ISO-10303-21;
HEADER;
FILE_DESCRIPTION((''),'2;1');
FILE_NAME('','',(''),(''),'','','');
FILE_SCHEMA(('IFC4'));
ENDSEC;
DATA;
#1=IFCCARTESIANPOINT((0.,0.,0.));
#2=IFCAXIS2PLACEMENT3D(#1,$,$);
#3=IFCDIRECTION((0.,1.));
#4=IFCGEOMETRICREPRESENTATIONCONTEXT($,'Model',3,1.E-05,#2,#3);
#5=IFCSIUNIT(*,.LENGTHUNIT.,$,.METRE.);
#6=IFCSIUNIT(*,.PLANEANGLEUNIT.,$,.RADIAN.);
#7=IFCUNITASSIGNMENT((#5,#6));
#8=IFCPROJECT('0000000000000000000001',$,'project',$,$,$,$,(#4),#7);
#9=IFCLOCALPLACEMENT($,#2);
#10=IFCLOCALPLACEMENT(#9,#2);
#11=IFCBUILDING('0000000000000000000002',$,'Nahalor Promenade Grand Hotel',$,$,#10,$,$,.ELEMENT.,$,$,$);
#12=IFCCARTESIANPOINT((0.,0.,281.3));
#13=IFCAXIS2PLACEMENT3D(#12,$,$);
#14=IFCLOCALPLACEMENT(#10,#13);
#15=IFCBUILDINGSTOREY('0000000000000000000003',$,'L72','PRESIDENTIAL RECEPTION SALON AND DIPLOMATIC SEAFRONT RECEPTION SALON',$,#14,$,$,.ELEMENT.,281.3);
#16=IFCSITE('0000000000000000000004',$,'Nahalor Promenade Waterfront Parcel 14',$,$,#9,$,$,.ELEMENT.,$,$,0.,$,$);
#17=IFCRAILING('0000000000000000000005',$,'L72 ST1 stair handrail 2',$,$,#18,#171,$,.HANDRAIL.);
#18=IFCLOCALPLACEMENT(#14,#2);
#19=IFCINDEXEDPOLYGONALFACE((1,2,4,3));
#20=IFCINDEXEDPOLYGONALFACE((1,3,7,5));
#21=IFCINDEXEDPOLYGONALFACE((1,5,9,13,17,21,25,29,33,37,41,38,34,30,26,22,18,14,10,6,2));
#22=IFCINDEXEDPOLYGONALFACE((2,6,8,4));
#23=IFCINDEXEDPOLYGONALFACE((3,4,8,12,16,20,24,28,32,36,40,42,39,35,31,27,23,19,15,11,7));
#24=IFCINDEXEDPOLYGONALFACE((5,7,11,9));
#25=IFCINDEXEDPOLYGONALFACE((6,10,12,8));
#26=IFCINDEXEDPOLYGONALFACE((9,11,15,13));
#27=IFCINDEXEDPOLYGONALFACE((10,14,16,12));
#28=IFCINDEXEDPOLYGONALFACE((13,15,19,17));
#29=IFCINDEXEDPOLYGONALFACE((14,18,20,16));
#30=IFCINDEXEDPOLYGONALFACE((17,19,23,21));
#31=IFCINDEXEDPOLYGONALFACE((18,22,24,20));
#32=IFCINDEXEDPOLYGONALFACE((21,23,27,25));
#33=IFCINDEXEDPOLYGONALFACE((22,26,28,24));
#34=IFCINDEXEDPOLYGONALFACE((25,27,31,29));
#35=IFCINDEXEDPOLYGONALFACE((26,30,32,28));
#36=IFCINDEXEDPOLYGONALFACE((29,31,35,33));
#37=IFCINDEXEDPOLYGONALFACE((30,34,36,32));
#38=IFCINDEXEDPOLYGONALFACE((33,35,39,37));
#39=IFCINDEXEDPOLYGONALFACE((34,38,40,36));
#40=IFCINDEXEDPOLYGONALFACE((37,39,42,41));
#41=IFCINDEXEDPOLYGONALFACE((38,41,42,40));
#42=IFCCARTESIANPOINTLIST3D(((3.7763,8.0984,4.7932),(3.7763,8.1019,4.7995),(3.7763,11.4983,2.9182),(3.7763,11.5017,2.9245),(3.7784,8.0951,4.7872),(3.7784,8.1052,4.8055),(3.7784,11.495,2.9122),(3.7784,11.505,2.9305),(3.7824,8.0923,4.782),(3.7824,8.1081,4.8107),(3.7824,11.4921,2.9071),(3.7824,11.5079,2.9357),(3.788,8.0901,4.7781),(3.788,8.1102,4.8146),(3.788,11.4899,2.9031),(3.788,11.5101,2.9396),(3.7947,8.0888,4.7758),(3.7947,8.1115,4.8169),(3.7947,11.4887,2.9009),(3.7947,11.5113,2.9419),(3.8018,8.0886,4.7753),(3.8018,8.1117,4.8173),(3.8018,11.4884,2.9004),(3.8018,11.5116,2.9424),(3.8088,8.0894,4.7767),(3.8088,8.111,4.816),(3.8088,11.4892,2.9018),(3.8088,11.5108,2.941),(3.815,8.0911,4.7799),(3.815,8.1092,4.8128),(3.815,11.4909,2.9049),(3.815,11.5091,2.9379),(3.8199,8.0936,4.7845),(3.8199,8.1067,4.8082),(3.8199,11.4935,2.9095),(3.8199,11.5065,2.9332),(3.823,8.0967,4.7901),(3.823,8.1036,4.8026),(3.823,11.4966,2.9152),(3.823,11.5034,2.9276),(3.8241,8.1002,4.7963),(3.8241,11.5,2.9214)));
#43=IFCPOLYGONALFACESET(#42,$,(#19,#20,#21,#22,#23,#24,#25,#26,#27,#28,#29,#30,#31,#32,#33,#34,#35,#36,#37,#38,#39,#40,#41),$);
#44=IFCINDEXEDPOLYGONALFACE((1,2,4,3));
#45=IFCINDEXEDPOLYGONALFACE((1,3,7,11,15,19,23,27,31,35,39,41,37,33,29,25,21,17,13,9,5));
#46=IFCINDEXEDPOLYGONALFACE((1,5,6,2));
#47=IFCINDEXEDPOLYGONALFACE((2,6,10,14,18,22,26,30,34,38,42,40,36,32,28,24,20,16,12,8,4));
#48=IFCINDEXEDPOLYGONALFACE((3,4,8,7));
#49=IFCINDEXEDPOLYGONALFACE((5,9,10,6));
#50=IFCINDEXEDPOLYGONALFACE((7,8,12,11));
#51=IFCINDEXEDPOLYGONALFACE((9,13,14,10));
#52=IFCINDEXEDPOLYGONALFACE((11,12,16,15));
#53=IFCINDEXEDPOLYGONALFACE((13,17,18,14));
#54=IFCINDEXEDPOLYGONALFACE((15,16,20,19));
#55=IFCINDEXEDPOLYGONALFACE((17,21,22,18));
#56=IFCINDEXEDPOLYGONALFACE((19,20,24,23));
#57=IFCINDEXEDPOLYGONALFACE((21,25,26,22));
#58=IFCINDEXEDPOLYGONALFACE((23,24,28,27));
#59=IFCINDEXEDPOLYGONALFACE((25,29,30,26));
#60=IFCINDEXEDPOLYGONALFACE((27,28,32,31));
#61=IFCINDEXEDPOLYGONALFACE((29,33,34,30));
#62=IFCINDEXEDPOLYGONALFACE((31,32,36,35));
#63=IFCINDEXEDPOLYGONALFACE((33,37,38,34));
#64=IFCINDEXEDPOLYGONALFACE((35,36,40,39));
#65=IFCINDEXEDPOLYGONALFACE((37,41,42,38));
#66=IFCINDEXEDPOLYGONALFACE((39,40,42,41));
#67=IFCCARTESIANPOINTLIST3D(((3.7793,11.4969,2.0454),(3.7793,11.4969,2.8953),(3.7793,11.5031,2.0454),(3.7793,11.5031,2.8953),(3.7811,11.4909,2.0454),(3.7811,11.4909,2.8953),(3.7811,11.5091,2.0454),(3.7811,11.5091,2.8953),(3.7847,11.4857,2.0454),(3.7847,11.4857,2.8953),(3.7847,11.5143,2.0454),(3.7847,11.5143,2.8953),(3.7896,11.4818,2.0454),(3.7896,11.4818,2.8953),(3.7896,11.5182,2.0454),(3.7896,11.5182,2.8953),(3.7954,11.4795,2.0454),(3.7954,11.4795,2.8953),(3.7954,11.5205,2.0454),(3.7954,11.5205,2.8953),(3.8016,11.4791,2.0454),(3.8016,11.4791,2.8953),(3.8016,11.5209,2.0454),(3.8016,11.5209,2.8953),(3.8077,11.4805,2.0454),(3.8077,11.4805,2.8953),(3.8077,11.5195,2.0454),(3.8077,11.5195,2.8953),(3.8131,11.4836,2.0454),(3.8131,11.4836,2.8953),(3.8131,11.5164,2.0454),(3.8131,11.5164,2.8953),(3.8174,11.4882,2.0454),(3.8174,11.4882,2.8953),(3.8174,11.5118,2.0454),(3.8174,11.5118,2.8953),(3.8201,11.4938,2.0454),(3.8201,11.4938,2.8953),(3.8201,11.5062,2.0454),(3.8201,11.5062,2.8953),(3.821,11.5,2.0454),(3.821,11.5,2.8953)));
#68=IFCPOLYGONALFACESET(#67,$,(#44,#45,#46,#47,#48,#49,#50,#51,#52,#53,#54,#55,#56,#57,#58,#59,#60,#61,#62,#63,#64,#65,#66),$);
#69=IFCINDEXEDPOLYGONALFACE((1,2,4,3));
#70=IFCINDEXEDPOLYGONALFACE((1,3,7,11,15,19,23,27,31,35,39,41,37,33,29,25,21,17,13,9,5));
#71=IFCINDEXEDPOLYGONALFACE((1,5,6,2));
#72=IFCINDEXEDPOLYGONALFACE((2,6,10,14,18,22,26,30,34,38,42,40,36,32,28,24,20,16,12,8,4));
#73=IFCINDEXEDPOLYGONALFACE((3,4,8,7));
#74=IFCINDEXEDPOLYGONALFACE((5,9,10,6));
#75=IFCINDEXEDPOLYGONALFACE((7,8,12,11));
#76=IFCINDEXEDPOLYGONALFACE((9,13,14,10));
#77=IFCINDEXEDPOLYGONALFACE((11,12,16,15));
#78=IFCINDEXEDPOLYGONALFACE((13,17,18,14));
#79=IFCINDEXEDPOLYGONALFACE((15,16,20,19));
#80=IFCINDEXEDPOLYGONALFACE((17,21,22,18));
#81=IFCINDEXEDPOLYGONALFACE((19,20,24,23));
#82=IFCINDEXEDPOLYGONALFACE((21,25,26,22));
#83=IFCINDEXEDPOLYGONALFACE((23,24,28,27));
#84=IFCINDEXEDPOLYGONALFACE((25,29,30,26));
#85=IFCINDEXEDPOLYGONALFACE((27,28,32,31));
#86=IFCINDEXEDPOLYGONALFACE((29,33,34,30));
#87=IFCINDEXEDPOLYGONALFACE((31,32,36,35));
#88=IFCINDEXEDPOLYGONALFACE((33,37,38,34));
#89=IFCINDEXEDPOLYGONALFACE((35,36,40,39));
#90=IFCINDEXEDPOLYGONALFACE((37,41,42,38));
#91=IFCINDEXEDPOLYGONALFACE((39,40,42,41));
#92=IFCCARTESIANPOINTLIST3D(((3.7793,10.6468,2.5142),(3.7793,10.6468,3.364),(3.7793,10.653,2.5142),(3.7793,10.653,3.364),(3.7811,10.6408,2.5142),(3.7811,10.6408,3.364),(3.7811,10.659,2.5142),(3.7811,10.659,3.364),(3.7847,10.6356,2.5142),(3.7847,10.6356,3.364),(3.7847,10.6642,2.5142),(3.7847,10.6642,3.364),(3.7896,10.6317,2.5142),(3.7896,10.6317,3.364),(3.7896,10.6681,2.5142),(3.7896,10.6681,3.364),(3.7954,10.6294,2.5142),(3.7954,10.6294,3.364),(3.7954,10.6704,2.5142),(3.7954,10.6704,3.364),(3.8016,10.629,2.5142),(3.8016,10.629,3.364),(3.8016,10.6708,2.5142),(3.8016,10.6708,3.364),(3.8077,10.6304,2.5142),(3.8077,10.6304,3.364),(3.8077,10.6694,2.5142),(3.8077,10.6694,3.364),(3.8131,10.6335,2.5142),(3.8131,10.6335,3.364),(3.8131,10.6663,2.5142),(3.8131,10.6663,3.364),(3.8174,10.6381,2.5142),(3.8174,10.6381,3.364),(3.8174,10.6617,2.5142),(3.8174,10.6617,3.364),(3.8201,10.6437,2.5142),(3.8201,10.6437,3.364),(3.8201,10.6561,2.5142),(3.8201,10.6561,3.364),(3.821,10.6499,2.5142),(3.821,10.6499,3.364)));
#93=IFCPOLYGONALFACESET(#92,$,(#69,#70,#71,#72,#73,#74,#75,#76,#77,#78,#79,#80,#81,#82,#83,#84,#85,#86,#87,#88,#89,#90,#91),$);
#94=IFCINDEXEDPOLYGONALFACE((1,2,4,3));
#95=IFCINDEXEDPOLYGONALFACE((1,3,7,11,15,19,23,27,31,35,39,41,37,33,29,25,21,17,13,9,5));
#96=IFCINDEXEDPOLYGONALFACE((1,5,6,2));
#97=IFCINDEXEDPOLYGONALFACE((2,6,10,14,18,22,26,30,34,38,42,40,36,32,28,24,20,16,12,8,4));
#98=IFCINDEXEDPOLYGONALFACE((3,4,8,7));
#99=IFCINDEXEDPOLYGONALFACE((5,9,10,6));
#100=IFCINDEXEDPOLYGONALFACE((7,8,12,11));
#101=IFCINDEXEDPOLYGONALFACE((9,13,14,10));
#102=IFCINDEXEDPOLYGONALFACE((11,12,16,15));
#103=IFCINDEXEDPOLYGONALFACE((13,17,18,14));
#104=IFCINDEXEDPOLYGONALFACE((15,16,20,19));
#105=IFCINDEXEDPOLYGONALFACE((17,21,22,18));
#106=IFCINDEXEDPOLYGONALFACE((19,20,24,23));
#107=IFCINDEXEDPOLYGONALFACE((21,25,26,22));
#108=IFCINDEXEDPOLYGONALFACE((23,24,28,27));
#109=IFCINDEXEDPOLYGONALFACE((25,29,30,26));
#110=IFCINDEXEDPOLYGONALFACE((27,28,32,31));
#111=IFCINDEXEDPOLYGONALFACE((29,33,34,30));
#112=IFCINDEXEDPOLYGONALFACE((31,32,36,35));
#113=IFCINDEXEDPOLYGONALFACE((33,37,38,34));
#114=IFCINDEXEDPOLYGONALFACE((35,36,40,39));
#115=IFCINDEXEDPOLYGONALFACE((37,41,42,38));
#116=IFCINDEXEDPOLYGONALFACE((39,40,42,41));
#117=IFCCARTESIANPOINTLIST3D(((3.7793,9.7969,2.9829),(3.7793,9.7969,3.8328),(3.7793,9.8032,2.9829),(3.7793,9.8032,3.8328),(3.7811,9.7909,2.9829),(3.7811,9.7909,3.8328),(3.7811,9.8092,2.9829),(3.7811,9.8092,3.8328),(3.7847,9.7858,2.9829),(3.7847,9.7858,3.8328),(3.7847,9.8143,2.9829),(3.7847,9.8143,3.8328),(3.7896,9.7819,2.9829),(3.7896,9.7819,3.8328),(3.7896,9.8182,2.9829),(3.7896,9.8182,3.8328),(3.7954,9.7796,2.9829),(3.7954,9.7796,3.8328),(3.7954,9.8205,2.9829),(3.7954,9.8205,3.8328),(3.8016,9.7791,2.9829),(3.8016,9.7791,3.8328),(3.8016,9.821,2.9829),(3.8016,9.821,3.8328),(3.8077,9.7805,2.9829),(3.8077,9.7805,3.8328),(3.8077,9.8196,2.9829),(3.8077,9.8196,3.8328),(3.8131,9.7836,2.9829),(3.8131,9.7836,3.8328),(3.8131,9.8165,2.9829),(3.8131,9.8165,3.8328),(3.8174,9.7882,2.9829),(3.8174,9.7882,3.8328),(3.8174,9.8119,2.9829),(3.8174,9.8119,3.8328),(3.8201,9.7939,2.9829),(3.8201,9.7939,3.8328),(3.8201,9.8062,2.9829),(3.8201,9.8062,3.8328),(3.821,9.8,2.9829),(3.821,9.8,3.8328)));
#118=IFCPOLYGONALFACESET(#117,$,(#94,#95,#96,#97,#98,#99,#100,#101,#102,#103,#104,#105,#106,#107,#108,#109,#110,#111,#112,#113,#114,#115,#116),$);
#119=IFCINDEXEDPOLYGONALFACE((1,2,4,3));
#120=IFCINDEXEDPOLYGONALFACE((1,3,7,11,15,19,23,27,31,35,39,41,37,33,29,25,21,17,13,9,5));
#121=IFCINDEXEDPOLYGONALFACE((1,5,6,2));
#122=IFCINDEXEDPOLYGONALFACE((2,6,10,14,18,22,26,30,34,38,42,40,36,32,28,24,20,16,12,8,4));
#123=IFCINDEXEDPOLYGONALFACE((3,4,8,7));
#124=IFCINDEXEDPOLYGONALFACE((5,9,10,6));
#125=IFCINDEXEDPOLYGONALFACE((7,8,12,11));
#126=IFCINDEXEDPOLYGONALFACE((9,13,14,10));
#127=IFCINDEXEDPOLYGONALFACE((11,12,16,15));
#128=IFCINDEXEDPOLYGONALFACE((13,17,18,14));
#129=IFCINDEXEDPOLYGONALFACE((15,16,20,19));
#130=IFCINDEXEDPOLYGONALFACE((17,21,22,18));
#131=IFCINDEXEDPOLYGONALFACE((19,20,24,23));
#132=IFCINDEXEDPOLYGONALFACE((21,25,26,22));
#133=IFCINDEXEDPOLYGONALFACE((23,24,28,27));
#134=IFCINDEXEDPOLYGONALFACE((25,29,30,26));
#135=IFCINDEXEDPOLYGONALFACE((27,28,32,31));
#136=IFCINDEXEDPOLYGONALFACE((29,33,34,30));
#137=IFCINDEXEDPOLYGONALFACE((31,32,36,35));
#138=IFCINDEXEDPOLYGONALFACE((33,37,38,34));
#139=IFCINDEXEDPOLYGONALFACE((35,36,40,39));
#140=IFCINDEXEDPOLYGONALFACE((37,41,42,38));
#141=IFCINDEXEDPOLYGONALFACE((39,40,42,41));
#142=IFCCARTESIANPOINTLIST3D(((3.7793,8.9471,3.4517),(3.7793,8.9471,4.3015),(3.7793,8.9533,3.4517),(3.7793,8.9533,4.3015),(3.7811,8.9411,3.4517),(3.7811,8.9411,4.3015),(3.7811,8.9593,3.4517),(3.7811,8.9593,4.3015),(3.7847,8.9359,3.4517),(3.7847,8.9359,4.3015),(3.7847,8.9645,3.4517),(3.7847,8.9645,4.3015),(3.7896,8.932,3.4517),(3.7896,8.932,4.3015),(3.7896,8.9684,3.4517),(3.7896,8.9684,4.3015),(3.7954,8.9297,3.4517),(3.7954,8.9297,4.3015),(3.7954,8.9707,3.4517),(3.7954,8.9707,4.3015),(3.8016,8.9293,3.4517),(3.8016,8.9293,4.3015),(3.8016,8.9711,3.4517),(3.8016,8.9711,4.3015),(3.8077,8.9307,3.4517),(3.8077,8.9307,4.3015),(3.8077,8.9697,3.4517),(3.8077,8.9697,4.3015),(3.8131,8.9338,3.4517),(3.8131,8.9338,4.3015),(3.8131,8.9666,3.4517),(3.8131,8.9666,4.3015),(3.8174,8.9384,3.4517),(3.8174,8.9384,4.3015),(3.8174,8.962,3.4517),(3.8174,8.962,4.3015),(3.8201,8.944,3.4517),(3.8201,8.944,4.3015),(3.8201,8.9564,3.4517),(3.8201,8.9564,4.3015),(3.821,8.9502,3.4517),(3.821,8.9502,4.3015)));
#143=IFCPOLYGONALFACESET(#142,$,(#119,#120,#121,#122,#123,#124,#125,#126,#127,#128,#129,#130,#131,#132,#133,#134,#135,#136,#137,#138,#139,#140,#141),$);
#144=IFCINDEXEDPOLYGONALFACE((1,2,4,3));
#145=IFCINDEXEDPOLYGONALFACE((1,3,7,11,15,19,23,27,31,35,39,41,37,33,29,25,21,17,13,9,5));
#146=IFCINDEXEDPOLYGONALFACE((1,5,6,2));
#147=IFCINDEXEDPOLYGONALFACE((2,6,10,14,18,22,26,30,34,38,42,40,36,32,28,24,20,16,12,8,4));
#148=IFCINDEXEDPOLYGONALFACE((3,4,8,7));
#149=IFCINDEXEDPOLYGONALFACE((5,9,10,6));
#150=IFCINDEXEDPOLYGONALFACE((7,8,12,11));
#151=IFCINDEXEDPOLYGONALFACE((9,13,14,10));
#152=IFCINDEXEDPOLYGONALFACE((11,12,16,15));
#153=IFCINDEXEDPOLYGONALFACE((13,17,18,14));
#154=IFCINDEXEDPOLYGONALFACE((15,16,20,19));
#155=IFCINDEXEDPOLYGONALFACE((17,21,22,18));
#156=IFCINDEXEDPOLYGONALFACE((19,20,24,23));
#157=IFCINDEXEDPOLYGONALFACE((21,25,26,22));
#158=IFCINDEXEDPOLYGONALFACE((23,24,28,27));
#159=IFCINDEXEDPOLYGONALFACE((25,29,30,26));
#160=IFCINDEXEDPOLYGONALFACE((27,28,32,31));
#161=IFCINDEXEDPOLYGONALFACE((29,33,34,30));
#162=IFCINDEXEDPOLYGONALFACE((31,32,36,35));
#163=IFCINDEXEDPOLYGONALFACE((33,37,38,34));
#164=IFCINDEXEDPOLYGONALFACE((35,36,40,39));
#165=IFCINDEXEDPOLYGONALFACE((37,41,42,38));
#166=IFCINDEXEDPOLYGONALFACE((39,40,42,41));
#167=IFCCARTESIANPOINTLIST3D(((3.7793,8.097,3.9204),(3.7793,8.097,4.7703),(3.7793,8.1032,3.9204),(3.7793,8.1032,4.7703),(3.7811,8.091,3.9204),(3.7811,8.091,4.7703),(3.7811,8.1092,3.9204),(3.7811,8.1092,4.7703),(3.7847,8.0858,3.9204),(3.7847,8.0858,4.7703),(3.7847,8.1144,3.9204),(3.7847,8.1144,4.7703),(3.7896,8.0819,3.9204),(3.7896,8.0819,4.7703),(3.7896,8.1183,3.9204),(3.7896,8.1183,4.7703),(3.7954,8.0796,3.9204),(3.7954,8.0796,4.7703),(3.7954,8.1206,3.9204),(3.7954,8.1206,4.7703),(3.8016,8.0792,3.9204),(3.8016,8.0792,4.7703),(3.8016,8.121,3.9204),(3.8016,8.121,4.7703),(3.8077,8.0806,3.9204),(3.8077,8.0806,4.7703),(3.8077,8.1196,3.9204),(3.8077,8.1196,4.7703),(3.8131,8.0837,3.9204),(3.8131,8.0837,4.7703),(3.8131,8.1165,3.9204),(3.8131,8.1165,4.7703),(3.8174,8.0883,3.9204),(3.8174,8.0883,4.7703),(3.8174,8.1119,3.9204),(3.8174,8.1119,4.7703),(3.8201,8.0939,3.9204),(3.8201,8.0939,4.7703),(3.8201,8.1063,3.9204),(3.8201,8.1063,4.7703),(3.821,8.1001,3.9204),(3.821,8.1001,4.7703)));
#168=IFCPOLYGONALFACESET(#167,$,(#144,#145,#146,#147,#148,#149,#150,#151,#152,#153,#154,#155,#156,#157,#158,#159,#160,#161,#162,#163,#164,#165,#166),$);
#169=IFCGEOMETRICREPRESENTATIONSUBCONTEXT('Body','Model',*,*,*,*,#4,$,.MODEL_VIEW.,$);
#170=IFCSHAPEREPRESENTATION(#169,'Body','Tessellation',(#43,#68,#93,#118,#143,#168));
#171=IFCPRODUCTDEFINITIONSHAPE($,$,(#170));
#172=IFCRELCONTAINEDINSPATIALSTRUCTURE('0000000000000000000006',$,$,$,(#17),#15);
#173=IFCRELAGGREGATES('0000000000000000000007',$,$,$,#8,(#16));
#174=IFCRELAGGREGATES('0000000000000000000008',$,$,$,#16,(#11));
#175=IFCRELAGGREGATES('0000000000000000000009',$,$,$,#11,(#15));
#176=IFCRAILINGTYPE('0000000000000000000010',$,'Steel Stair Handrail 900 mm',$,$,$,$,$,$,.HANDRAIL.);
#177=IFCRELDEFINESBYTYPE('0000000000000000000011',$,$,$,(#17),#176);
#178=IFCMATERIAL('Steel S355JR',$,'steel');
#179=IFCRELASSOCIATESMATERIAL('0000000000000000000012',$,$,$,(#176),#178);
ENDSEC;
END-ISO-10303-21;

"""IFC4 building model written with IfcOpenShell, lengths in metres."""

from ifc_helpers import new_model, si_unit, direction, frame, origin, origin_2d, place, context, subcontext, project, spatial, circle, extrude, material, type_object, element, save


model = new_model("IFC4")

# Units and contexts
model_context = context("Model", 3, precision=1e-05, world=origin(), true_north=direction((0.0, 1.0)))
body_context = subcontext(model_context, "Body", "Model", "MODEL_VIEW")
ifc_project = project(units=[si_unit("LENGTHUNIT", "METRE"), si_unit("PLANEANGLEUNIT", "RADIAN")], contexts=[model_context])

# Site, building, storey
site_placement = place(None, origin())
site = spatial("IfcSite", under=ifc_project, at=site_placement, Name="Nahalor Promenade Waterfront Parcel 14", CompositionType="ELEMENT", RefElevation=0.0)
building_placement = place(site_placement, origin())
building = spatial("IfcBuilding", under=site, at=building_placement, Name="Nahalor Promenade Grand Hotel", CompositionType="ELEMENT")
storey_placement = place(building_placement, frame((0.0, 0.0, 281.3)))
storey = spatial("IfcBuildingStorey", under=building, at=storey_placement, Name="L72", Description="PRESIDENTIAL RECEPTION SALON AND DIPLOMATIC SEAFRONT RECEPTION SALON", CompositionType="ELEMENT", Elevation=281.3)

# Shared definitions
ifc_material_1 = material(Name="Steel S355JR", Category="steel")

# Railing
railing_type_1 = type_object("IfcRailingType", Name="Steel Stair Handrail 900 mm", PredefinedType="HANDRAIL", material=ifc_material_1)
railing_1_placement = place(storey_placement, frame((3.8, 11.5, 2.0454)))
element("IfcRailing", 1, at=railing_1_placement, inside=storey, type_object=railing_type_1, Name="L72 ST1 stair handrail 2", PredefinedType="HANDRAIL", context=body_context, shape_type="SweptSolid", body=[
    extrude(circle(Radius=0.024, at=origin_2d()), frame((0.0, 0.0, 0.876), z_axis=(0.0, -0.875666, 0.482918), x_axis=(1.0, 0.0, 0.0)), (0.0, 0.0, 1.0), 3.8826),
    extrude(circle(Radius=0.021, at=origin_2d()), origin(), (0.0, 0.0, 1.0), 0.8499),
    extrude(circle(Radius=0.021, at=origin_2d()), frame((0.0, -0.8501, 0.4688)), (0.0, 0.0, 1.0), 0.8499),
    extrude(circle(Radius=0.021, at=origin_2d()), frame((0.0, -1.7, 0.9375)), (0.0, 0.0, 1.0), 0.8499),
    extrude(circle(Radius=0.021, at=origin_2d()), frame((0.0, -2.5498, 1.4062)), (0.0, 0.0, 1.0), 0.8499),
    extrude(circle(Radius=0.021, at=origin_2d()), frame((0.0, -3.3999, 1.875)), (0.0, 0.0, 1.0), 0.8499),
])

save(model, "model.ifc")
